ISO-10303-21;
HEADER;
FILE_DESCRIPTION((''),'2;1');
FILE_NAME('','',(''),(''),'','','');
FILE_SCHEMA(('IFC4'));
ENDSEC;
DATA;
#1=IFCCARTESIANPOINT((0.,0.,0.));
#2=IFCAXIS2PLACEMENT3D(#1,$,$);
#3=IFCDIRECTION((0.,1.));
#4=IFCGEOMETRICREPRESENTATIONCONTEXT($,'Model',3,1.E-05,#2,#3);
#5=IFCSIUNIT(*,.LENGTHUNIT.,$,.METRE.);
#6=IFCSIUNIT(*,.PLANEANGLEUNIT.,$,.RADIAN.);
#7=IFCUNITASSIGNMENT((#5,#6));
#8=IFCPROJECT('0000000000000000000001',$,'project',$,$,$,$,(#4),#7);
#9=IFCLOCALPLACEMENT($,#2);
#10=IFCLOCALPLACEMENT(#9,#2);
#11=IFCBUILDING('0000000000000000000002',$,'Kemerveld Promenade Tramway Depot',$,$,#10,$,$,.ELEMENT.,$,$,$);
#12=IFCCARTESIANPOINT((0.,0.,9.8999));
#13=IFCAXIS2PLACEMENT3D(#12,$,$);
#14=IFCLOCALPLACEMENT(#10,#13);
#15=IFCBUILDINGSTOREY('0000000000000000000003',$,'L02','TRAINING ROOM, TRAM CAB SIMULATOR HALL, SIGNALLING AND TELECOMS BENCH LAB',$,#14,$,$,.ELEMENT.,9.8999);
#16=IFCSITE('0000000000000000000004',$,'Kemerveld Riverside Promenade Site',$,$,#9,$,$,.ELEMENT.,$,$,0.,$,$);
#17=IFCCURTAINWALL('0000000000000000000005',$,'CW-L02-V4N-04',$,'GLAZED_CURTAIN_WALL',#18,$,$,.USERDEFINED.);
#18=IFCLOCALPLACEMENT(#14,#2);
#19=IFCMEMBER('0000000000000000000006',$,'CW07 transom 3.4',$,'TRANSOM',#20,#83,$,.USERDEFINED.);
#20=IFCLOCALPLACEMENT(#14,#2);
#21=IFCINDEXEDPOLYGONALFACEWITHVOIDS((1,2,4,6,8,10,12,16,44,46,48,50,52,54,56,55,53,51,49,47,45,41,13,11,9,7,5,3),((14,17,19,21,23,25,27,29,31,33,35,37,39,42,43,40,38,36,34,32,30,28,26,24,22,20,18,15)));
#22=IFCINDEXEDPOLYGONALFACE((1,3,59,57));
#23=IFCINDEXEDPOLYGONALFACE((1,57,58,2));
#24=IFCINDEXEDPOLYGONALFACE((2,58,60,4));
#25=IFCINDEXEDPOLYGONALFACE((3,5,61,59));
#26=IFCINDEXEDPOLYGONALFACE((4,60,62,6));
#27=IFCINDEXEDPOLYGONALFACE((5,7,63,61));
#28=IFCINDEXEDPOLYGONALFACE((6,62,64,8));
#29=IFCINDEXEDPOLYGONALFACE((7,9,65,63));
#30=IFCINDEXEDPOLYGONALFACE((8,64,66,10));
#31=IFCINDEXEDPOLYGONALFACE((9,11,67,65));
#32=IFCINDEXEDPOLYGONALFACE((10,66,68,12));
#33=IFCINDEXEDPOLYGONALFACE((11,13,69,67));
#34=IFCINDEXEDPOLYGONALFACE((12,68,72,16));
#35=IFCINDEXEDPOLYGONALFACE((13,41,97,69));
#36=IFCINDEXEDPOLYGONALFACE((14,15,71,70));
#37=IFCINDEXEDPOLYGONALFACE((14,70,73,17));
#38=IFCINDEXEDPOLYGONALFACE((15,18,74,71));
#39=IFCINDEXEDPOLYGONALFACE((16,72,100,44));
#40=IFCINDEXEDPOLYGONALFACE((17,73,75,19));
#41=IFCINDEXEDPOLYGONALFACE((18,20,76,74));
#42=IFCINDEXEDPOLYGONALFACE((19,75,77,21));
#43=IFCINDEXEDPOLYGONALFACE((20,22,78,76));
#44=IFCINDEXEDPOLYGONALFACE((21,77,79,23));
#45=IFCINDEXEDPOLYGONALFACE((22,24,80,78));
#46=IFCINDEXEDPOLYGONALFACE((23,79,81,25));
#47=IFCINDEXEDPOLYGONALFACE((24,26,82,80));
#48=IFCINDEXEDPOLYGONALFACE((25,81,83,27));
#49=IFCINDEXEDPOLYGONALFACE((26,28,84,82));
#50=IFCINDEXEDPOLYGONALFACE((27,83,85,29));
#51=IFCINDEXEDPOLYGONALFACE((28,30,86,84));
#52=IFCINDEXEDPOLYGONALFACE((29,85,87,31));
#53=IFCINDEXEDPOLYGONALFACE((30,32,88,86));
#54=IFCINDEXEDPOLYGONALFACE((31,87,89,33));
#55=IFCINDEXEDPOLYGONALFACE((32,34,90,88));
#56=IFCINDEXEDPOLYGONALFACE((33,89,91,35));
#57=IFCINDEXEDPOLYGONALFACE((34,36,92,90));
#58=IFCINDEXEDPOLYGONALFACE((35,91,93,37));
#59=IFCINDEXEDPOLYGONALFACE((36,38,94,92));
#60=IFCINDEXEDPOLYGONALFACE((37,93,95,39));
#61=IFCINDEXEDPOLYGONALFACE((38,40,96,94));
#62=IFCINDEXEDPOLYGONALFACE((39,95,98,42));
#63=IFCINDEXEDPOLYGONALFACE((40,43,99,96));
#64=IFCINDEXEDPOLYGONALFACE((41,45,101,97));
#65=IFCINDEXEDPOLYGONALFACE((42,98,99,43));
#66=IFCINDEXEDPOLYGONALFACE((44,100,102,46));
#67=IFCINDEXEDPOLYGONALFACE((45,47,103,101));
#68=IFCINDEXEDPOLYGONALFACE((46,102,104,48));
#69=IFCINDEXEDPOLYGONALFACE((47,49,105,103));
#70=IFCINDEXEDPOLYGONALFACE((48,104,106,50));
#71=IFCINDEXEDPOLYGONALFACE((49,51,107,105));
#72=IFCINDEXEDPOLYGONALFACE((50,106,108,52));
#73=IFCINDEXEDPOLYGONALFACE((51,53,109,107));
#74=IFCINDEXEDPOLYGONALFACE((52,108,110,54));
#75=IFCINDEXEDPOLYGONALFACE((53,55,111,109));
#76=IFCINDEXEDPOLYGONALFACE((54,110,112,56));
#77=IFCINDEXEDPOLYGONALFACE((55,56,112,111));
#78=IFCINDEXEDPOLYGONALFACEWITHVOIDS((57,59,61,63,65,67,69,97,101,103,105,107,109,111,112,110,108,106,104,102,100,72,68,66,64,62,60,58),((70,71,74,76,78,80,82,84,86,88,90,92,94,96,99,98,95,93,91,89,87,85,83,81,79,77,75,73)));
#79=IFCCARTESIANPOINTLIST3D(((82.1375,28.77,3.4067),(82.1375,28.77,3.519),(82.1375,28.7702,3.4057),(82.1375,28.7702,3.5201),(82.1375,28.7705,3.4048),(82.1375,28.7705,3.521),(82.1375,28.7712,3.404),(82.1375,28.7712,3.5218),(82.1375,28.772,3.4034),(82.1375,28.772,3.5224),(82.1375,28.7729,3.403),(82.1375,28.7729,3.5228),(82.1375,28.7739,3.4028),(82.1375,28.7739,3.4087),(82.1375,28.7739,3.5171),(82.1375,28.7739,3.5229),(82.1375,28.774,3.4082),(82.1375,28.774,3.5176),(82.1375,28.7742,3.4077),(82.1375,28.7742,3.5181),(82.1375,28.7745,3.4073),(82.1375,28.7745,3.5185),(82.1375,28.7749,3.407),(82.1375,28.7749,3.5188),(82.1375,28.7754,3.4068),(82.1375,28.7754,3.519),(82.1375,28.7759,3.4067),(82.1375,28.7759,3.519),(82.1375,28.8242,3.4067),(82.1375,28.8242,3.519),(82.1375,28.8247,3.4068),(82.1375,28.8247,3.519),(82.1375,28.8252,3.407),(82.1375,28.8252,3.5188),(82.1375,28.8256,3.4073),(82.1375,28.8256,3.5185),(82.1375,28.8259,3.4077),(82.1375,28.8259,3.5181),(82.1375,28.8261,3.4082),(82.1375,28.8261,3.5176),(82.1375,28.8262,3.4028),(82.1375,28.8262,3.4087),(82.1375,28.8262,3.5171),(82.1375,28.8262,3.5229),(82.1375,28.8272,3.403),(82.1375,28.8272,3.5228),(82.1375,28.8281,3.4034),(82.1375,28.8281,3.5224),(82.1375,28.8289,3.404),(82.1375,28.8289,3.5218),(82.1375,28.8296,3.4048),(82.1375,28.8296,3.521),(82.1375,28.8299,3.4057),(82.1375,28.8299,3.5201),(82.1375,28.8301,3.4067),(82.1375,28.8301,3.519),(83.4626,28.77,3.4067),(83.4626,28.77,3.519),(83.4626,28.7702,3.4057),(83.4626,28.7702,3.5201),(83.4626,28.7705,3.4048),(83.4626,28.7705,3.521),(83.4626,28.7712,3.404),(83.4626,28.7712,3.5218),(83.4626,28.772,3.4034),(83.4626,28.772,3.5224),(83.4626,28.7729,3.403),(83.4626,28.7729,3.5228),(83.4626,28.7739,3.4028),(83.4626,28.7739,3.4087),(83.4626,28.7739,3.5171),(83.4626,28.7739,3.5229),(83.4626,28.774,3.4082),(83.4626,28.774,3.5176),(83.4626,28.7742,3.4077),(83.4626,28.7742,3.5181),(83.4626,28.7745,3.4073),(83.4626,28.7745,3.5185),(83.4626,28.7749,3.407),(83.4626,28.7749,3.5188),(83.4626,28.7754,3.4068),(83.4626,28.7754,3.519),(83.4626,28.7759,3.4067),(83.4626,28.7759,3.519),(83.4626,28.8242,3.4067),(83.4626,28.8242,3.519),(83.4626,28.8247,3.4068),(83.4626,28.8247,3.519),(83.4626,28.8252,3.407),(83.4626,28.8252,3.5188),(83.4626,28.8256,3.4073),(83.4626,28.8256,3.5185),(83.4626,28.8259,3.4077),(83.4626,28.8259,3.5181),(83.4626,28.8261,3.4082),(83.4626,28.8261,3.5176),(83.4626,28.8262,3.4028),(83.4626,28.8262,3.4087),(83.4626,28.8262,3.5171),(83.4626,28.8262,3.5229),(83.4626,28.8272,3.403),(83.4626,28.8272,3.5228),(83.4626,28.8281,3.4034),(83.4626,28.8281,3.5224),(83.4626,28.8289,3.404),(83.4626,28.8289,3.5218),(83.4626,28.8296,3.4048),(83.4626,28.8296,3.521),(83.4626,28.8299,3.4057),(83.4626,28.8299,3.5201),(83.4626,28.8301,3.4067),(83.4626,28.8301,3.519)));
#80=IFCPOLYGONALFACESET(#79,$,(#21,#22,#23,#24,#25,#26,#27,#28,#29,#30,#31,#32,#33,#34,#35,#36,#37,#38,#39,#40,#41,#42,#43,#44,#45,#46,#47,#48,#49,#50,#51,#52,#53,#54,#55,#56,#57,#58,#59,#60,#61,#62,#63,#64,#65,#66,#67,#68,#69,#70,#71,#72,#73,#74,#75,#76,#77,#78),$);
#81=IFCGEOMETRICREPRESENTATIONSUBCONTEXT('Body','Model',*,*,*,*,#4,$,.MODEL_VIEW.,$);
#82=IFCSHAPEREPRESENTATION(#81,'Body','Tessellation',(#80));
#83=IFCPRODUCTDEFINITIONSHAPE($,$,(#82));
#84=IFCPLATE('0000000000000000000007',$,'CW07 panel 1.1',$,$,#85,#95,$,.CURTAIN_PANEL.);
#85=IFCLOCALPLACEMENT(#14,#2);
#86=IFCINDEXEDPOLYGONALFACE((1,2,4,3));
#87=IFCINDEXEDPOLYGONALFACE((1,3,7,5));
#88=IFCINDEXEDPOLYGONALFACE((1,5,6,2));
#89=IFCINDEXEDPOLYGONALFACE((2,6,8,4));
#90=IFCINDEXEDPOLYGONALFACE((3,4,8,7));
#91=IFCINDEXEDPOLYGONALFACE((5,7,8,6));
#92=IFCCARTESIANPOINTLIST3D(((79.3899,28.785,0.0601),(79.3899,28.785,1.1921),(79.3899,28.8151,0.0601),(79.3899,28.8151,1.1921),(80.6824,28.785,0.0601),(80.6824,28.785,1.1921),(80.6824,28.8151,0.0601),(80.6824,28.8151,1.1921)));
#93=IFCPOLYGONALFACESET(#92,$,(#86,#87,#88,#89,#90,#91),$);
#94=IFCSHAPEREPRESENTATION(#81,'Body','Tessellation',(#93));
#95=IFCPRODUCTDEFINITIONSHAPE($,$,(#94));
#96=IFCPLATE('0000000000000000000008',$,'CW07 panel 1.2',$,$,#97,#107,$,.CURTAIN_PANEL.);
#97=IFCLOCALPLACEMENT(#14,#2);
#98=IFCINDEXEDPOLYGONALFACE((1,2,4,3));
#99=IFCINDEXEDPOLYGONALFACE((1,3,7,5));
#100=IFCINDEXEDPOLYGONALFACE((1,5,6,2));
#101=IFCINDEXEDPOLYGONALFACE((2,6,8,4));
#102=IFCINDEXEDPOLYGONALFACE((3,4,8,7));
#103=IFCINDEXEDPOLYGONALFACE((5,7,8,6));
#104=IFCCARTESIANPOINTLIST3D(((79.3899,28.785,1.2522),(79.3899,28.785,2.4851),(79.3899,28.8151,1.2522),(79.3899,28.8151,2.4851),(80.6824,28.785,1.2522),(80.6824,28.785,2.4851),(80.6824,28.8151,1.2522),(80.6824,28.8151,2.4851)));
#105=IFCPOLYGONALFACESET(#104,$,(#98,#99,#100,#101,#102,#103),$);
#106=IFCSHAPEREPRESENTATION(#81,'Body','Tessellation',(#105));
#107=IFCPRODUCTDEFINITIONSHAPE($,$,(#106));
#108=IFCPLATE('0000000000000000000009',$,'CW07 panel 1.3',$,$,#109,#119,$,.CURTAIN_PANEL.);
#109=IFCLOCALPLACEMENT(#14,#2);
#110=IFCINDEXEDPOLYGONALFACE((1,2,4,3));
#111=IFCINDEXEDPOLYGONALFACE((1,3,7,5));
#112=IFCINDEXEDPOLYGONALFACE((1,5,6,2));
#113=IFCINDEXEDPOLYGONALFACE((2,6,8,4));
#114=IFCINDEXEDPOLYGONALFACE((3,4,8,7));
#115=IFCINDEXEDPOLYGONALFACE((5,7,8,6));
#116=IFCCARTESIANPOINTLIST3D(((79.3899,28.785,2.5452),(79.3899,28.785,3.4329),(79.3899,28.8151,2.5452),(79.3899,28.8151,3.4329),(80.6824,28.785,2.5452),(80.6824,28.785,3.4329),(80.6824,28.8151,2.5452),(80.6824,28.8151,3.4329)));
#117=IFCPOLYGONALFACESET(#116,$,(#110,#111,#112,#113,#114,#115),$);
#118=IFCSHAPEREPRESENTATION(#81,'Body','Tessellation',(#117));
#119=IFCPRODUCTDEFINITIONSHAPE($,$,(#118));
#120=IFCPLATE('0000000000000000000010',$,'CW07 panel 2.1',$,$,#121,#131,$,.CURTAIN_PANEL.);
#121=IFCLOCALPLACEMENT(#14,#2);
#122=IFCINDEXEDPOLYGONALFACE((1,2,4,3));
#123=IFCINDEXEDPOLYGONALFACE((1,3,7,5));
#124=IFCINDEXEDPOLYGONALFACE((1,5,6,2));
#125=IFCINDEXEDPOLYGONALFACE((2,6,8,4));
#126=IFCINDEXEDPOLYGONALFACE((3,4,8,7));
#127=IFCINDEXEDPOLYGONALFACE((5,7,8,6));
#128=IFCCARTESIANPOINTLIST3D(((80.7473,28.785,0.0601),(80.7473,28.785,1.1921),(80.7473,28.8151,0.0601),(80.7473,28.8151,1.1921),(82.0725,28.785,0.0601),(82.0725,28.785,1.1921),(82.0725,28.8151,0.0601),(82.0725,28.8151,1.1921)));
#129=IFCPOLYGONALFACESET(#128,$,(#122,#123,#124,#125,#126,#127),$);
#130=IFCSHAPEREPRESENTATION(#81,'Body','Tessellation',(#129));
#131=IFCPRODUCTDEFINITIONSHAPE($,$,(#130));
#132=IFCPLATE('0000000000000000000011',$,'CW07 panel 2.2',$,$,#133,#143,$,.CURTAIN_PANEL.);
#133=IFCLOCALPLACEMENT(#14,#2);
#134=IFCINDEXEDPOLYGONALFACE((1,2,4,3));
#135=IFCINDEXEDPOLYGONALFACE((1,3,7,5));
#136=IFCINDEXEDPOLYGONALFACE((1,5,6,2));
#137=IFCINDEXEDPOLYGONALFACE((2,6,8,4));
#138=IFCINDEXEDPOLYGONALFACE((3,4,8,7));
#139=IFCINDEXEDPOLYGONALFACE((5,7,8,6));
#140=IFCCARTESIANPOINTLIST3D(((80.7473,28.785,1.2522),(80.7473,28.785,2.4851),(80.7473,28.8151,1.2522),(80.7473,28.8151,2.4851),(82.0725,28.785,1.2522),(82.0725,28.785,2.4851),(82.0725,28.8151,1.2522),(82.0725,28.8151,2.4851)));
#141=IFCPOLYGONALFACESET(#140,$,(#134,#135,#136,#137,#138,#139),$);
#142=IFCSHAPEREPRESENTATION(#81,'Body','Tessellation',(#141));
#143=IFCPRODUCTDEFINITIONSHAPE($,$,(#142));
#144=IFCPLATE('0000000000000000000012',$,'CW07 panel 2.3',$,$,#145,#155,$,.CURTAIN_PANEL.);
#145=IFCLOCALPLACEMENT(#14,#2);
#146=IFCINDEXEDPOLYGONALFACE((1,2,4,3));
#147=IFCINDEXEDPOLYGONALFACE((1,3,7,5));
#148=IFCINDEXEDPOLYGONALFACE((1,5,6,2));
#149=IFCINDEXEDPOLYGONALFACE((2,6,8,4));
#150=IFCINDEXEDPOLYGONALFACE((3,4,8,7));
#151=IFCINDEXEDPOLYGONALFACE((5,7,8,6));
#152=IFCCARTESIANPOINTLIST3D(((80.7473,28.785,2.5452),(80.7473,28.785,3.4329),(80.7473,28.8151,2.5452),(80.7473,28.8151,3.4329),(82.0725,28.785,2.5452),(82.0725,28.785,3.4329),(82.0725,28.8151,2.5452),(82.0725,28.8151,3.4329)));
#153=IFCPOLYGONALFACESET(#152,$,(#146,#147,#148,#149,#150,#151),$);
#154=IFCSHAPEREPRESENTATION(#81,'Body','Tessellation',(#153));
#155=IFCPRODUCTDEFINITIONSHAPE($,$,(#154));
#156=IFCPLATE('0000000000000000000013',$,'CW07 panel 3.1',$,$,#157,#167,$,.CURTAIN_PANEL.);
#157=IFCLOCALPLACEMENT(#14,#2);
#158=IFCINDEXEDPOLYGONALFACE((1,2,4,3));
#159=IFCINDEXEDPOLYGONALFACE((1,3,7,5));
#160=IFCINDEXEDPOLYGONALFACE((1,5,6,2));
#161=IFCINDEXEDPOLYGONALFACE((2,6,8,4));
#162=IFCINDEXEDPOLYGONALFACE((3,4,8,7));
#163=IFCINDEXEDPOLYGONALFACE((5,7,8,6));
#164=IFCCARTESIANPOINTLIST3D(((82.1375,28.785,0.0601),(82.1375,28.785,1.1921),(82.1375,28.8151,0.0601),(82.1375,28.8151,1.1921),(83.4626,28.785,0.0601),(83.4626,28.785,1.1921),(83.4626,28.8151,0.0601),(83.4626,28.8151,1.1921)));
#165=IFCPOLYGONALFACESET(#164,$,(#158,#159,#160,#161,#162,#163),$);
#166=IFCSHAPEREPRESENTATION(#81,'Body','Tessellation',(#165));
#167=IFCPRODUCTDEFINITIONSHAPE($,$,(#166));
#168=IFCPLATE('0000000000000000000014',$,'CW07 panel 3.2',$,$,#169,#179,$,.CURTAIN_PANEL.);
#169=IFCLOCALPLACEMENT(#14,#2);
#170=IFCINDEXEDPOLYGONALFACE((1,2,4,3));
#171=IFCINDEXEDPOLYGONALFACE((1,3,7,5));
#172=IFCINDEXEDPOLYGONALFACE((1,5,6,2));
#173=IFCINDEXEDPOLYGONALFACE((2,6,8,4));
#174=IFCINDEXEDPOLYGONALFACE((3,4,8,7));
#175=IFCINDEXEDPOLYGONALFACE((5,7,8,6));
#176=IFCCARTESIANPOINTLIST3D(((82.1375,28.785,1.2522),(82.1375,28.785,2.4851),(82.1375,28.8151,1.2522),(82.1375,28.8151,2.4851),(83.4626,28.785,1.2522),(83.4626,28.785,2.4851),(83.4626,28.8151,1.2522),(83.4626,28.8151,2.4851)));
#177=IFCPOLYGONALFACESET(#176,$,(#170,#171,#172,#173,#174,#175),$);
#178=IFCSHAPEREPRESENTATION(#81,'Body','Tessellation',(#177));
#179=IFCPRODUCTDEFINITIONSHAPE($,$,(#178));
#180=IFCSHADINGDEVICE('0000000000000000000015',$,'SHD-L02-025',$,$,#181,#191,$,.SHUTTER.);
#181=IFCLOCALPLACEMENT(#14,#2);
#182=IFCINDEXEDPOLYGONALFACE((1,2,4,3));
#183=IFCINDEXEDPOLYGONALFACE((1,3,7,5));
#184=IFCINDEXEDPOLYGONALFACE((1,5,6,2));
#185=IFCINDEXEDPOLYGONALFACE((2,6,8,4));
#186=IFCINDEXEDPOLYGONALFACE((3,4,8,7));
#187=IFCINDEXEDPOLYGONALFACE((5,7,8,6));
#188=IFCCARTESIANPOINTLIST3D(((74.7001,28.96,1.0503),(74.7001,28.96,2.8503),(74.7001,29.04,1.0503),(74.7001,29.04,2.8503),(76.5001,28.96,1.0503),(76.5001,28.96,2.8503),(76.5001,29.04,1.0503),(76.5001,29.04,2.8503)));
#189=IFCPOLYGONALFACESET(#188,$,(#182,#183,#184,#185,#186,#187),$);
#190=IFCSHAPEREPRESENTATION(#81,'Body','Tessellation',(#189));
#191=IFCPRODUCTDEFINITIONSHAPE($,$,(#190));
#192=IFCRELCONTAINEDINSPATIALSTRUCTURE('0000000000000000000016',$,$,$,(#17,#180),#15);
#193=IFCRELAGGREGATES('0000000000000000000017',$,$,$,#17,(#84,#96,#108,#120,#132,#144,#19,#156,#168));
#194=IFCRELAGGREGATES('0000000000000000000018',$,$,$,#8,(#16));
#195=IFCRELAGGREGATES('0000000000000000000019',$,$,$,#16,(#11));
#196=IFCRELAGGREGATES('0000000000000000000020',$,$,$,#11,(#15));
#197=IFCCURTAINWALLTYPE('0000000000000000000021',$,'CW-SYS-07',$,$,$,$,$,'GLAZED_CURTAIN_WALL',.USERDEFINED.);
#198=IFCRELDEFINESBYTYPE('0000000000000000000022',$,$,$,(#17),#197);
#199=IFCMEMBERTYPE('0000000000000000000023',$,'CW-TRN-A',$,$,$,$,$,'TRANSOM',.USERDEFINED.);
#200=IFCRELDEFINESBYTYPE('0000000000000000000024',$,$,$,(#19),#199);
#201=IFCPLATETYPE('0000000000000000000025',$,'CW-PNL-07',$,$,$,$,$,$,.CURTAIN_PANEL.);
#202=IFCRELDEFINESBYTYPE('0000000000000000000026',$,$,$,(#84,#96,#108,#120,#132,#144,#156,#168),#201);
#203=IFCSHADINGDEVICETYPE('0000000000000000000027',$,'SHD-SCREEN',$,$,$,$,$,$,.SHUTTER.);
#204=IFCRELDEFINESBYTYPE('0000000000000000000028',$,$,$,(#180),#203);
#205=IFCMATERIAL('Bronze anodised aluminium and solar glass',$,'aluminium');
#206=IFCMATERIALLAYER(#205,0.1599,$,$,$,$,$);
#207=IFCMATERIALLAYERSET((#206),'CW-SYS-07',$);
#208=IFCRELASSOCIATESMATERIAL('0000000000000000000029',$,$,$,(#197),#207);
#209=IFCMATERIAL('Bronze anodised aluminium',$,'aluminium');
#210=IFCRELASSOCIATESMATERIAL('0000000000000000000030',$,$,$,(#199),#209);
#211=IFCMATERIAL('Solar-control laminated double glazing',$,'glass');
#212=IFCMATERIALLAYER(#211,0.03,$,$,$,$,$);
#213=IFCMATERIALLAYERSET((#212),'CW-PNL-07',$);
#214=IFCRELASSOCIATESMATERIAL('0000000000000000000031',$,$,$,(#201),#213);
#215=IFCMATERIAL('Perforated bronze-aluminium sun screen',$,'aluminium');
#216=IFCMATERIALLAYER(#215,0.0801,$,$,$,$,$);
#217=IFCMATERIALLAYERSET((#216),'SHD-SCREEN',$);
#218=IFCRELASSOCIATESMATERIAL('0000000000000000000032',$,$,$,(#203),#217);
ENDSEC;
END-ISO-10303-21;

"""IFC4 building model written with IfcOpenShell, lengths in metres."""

from ifc_helpers import new_model, si_unit, direction, frame, origin, origin_2d, place, context, subcontext, project, spatial, rectangle, hollow_rectangle, extrude, material, layer, layer_set, material_profile, profile_set, type_object, element, aggregate, save


model = new_model("IFC4")

# Units and contexts
model_context = context("Model", 3, precision=1e-05, world=origin(), true_north=direction((0.0, 1.0)))
body_context = subcontext(model_context, "Body", "Model", "MODEL_VIEW")
ifc_project = project(units=[si_unit("LENGTHUNIT", "METRE"), si_unit("PLANEANGLEUNIT", "RADIAN")], contexts=[model_context])

# Site, building, storey
site_placement = place(None, origin())
site = spatial("IfcSite", under=ifc_project, at=site_placement, Name="Kemerveld Riverside Promenade Site", CompositionType="ELEMENT", RefElevation=0.0)
building_placement = place(site_placement, origin())
building = spatial("IfcBuilding", under=site, at=building_placement, Name="Kemerveld Promenade Tramway Depot", CompositionType="ELEMENT")
storey_placement = place(building_placement, frame((0.0, 0.0, 9.8999)))
storey = spatial("IfcBuildingStorey", under=building, at=storey_placement, Name="L02", Description="TRAINING ROOM, TRAM CAB SIMULATOR HALL, SIGNALLING AND TELECOMS BENCH LAB", CompositionType="ELEMENT", Elevation=9.8999)

# Curtain wall, member, plates
ifc_material_1 = material(Name="Bronze anodised aluminium and solar glass", Category="aluminium")
ifc_layer_1 = layer(ifc_material_1, 0.1599)
ifc_layer_set_1 = layer_set([ifc_layer_1], Name="CW-SYS-07")
curtain_wall_type = type_object("IfcCurtainWallType", Name="CW-SYS-07", ElementType="GLAZED_CURTAIN_WALL", PredefinedType="USERDEFINED", material=ifc_layer_set_1)
curtain_wall_placement = place(storey_placement, origin())
curtain_wall = element("IfcCurtainWall", 1, at=curtain_wall_placement, inside=storey, type_object=curtain_wall_type, Name="CW-L02-V4N-04", ObjectType="GLAZED_CURTAIN_WALL", PredefinedType="USERDEFINED")
ifc_material_2 = material(Name="Bronze anodised aluminium", Category="aluminium")
ifc_material_profile_1 = material_profile(ifc_material_2, hollow_rectangle(XDim=0.0601, YDim=0.1201, WallThickness=0.0039, InnerFilletRadius=0.002, OuterFilletRadius=0.0039, at=origin_2d()), Name="CW-TRN-120x60")
ifc_profile_set_1 = profile_set([ifc_material_profile_1], Name="Bronze anodised aluminium")
member_type_1 = type_object("IfcMemberType", Name="CW-TRN-A", ElementType="TRANSOM", PredefinedType="USERDEFINED", material=ifc_profile_set_1)
member_1_placement = place(storey_placement, frame((82.1375, 28.8, 3.4629), z_axis=(1.0, 0.0, 0.0), x_axis=(0.0, 1.0, 0.0)))
member_1 = element("IfcMember", 2, at=member_1_placement, type_object=member_type_1, Name="CW07 transom 3.4", ObjectType="TRANSOM", PredefinedType="USERDEFINED", context=body_context, shape_type="SweptSolid", body=[
    extrude(hollow_rectangle(XDim=0.0601, YDim=0.1201, WallThickness=0.0039, InnerFilletRadius=0.002, OuterFilletRadius=0.0039, at=origin_2d()), origin(), (0.0, 0.0, 1.0), 1.3252),
])
ifc_material_3 = material(Name="Solar-control laminated double glazing", Category="glass")
ifc_layer_2 = layer(ifc_material_3, 0.03)
ifc_layer_set_2 = layer_set([ifc_layer_2], Name="CW-PNL-07")
plate_type = type_object("IfcPlateType", Name="CW-PNL-07", PredefinedType="CURTAIN_PANEL", material=ifc_layer_set_2)
plate_1_placement = place(storey_placement, frame((80.0361, 28.8, 0.0601), z_axis=(0.0, 0.0, 1.0), x_axis=(1.0, 0.0, 0.0)))
plate_1 = element("IfcPlate", 3, at=plate_1_placement, type_object=plate_type, Name="CW07 panel 1.1", PredefinedType="CURTAIN_PANEL", context=body_context, shape_type="SweptSolid", body=[
    extrude(rectangle(XDim=1.2925, YDim=0.03, at=origin_2d()), origin(), (0.0, 0.0, 1.0), 1.1321),
])
plate_2_placement = place(storey_placement, frame((80.0361, 28.8, 1.2522), z_axis=(0.0, 0.0, 1.0), x_axis=(1.0, 0.0, 0.0)))
plate_2 = element("IfcPlate", 4, at=plate_2_placement, type_object=plate_type, Name="CW07 panel 1.2", PredefinedType="CURTAIN_PANEL", context=body_context, shape_type="SweptSolid", body=[
    extrude(rectangle(XDim=1.2925, YDim=0.03, at=origin_2d()), origin(), (0.0, 0.0, 1.0), 1.2329),
])
plate_3_placement = place(storey_placement, frame((80.0361, 28.8, 2.5452), z_axis=(0.0, 0.0, 1.0), x_axis=(1.0, 0.0, 0.0)))
plate_3 = element("IfcPlate", 5, at=plate_3_placement, type_object=plate_type, Name="CW07 panel 1.3", PredefinedType="CURTAIN_PANEL", context=body_context, shape_type="SweptSolid", body=[
    extrude(rectangle(XDim=1.2925, YDim=0.03, at=origin_2d()), origin(), (0.0, 0.0, 1.0), 0.8877),
])
plate_4_placement = place(storey_placement, frame((81.4099, 28.8, 0.0601), z_axis=(0.0, 0.0, 1.0), x_axis=(1.0, 0.0, 0.0)))
plate_4 = element("IfcPlate", 6, at=plate_4_placement, type_object=plate_type, Name="CW07 panel 2.1", PredefinedType="CURTAIN_PANEL", context=body_context, shape_type="SweptSolid", body=[
    extrude(rectangle(XDim=1.3252, YDim=0.03, at=origin_2d()), origin(), (0.0, 0.0, 1.0), 1.1321),
])
plate_5_placement = place(storey_placement, frame((81.4099, 28.8, 1.2522), z_axis=(0.0, 0.0, 1.0), x_axis=(1.0, 0.0, 0.0)))
plate_5 = element("IfcPlate", 7, at=plate_5_placement, type_object=plate_type, Name="CW07 panel 2.2", PredefinedType="CURTAIN_PANEL", context=body_context, shape_type="SweptSolid", body=[
    extrude(rectangle(XDim=1.3252, YDim=0.03, at=origin_2d()), origin(), (0.0, 0.0, 1.0), 1.2329),
])
plate_6_placement = place(storey_placement, frame((81.4099, 28.8, 2.5452), z_axis=(0.0, 0.0, 1.0), x_axis=(1.0, 0.0, 0.0)))
plate_6 = element("IfcPlate", 8, at=plate_6_placement, type_object=plate_type, Name="CW07 panel 2.3", PredefinedType="CURTAIN_PANEL", context=body_context, shape_type="SweptSolid", body=[
    extrude(rectangle(XDim=1.3252, YDim=0.03, at=origin_2d()), origin(), (0.0, 0.0, 1.0), 0.8877),
])
plate_7_placement = place(storey_placement, frame((82.8, 28.8, 0.0601), z_axis=(0.0, 0.0, 1.0), x_axis=(1.0, 0.0, 0.0)))
plate_7 = element("IfcPlate", 9, at=plate_7_placement, type_object=plate_type, Name="CW07 panel 3.1", PredefinedType="CURTAIN_PANEL", context=body_context, shape_type="SweptSolid", body=[
    extrude(rectangle(XDim=1.3252, YDim=0.03, at=origin_2d()), origin(), (0.0, 0.0, 1.0), 1.1321),
])
plate_8_placement = place(storey_placement, frame((82.8, 28.8, 1.2522), z_axis=(0.0, 0.0, 1.0), x_axis=(1.0, 0.0, 0.0)))
plate_8 = element("IfcPlate", 10, at=plate_8_placement, type_object=plate_type, Name="CW07 panel 3.2", PredefinedType="CURTAIN_PANEL", context=body_context, shape_type="SweptSolid", body=[
    extrude(rectangle(XDim=1.3252, YDim=0.03, at=origin_2d()), origin(), (0.0, 0.0, 1.0), 1.2329),
])
aggregate(curtain_wall, [plate_1, plate_2, plate_3, plate_4, plate_5, plate_6, member_1, plate_7, plate_8])

# Shading device
ifc_material_4 = material(Name="Perforated bronze-aluminium sun screen", Category="aluminium")
ifc_layer_3 = layer(ifc_material_4, 0.0801)
ifc_layer_set_3 = layer_set([ifc_layer_3], Name="SHD-SCREEN")
shading_device_type = type_object("IfcShadingDeviceType", Name="SHD-SCREEN", PredefinedType="SHUTTER", material=ifc_layer_set_3)
shading_device_placement = place(storey_placement, frame((75.6001, 29.0, 1.0503), z_axis=(0.0, 0.0, 1.0), x_axis=(1.0, 0.0, 0.0)))
element("IfcShadingDevice", 11, at=shading_device_placement, inside=storey, type_object=shading_device_type, Name="SHD-L02-025", PredefinedType="SHUTTER", context=body_context, shape_type="SweptSolid", body=[
    extrude(rectangle(XDim=1.8, YDim=0.0801, at=origin_2d()), origin(), (0.0, 0.0, 1.0), 1.8),
])

save(model, "model.ifc")
